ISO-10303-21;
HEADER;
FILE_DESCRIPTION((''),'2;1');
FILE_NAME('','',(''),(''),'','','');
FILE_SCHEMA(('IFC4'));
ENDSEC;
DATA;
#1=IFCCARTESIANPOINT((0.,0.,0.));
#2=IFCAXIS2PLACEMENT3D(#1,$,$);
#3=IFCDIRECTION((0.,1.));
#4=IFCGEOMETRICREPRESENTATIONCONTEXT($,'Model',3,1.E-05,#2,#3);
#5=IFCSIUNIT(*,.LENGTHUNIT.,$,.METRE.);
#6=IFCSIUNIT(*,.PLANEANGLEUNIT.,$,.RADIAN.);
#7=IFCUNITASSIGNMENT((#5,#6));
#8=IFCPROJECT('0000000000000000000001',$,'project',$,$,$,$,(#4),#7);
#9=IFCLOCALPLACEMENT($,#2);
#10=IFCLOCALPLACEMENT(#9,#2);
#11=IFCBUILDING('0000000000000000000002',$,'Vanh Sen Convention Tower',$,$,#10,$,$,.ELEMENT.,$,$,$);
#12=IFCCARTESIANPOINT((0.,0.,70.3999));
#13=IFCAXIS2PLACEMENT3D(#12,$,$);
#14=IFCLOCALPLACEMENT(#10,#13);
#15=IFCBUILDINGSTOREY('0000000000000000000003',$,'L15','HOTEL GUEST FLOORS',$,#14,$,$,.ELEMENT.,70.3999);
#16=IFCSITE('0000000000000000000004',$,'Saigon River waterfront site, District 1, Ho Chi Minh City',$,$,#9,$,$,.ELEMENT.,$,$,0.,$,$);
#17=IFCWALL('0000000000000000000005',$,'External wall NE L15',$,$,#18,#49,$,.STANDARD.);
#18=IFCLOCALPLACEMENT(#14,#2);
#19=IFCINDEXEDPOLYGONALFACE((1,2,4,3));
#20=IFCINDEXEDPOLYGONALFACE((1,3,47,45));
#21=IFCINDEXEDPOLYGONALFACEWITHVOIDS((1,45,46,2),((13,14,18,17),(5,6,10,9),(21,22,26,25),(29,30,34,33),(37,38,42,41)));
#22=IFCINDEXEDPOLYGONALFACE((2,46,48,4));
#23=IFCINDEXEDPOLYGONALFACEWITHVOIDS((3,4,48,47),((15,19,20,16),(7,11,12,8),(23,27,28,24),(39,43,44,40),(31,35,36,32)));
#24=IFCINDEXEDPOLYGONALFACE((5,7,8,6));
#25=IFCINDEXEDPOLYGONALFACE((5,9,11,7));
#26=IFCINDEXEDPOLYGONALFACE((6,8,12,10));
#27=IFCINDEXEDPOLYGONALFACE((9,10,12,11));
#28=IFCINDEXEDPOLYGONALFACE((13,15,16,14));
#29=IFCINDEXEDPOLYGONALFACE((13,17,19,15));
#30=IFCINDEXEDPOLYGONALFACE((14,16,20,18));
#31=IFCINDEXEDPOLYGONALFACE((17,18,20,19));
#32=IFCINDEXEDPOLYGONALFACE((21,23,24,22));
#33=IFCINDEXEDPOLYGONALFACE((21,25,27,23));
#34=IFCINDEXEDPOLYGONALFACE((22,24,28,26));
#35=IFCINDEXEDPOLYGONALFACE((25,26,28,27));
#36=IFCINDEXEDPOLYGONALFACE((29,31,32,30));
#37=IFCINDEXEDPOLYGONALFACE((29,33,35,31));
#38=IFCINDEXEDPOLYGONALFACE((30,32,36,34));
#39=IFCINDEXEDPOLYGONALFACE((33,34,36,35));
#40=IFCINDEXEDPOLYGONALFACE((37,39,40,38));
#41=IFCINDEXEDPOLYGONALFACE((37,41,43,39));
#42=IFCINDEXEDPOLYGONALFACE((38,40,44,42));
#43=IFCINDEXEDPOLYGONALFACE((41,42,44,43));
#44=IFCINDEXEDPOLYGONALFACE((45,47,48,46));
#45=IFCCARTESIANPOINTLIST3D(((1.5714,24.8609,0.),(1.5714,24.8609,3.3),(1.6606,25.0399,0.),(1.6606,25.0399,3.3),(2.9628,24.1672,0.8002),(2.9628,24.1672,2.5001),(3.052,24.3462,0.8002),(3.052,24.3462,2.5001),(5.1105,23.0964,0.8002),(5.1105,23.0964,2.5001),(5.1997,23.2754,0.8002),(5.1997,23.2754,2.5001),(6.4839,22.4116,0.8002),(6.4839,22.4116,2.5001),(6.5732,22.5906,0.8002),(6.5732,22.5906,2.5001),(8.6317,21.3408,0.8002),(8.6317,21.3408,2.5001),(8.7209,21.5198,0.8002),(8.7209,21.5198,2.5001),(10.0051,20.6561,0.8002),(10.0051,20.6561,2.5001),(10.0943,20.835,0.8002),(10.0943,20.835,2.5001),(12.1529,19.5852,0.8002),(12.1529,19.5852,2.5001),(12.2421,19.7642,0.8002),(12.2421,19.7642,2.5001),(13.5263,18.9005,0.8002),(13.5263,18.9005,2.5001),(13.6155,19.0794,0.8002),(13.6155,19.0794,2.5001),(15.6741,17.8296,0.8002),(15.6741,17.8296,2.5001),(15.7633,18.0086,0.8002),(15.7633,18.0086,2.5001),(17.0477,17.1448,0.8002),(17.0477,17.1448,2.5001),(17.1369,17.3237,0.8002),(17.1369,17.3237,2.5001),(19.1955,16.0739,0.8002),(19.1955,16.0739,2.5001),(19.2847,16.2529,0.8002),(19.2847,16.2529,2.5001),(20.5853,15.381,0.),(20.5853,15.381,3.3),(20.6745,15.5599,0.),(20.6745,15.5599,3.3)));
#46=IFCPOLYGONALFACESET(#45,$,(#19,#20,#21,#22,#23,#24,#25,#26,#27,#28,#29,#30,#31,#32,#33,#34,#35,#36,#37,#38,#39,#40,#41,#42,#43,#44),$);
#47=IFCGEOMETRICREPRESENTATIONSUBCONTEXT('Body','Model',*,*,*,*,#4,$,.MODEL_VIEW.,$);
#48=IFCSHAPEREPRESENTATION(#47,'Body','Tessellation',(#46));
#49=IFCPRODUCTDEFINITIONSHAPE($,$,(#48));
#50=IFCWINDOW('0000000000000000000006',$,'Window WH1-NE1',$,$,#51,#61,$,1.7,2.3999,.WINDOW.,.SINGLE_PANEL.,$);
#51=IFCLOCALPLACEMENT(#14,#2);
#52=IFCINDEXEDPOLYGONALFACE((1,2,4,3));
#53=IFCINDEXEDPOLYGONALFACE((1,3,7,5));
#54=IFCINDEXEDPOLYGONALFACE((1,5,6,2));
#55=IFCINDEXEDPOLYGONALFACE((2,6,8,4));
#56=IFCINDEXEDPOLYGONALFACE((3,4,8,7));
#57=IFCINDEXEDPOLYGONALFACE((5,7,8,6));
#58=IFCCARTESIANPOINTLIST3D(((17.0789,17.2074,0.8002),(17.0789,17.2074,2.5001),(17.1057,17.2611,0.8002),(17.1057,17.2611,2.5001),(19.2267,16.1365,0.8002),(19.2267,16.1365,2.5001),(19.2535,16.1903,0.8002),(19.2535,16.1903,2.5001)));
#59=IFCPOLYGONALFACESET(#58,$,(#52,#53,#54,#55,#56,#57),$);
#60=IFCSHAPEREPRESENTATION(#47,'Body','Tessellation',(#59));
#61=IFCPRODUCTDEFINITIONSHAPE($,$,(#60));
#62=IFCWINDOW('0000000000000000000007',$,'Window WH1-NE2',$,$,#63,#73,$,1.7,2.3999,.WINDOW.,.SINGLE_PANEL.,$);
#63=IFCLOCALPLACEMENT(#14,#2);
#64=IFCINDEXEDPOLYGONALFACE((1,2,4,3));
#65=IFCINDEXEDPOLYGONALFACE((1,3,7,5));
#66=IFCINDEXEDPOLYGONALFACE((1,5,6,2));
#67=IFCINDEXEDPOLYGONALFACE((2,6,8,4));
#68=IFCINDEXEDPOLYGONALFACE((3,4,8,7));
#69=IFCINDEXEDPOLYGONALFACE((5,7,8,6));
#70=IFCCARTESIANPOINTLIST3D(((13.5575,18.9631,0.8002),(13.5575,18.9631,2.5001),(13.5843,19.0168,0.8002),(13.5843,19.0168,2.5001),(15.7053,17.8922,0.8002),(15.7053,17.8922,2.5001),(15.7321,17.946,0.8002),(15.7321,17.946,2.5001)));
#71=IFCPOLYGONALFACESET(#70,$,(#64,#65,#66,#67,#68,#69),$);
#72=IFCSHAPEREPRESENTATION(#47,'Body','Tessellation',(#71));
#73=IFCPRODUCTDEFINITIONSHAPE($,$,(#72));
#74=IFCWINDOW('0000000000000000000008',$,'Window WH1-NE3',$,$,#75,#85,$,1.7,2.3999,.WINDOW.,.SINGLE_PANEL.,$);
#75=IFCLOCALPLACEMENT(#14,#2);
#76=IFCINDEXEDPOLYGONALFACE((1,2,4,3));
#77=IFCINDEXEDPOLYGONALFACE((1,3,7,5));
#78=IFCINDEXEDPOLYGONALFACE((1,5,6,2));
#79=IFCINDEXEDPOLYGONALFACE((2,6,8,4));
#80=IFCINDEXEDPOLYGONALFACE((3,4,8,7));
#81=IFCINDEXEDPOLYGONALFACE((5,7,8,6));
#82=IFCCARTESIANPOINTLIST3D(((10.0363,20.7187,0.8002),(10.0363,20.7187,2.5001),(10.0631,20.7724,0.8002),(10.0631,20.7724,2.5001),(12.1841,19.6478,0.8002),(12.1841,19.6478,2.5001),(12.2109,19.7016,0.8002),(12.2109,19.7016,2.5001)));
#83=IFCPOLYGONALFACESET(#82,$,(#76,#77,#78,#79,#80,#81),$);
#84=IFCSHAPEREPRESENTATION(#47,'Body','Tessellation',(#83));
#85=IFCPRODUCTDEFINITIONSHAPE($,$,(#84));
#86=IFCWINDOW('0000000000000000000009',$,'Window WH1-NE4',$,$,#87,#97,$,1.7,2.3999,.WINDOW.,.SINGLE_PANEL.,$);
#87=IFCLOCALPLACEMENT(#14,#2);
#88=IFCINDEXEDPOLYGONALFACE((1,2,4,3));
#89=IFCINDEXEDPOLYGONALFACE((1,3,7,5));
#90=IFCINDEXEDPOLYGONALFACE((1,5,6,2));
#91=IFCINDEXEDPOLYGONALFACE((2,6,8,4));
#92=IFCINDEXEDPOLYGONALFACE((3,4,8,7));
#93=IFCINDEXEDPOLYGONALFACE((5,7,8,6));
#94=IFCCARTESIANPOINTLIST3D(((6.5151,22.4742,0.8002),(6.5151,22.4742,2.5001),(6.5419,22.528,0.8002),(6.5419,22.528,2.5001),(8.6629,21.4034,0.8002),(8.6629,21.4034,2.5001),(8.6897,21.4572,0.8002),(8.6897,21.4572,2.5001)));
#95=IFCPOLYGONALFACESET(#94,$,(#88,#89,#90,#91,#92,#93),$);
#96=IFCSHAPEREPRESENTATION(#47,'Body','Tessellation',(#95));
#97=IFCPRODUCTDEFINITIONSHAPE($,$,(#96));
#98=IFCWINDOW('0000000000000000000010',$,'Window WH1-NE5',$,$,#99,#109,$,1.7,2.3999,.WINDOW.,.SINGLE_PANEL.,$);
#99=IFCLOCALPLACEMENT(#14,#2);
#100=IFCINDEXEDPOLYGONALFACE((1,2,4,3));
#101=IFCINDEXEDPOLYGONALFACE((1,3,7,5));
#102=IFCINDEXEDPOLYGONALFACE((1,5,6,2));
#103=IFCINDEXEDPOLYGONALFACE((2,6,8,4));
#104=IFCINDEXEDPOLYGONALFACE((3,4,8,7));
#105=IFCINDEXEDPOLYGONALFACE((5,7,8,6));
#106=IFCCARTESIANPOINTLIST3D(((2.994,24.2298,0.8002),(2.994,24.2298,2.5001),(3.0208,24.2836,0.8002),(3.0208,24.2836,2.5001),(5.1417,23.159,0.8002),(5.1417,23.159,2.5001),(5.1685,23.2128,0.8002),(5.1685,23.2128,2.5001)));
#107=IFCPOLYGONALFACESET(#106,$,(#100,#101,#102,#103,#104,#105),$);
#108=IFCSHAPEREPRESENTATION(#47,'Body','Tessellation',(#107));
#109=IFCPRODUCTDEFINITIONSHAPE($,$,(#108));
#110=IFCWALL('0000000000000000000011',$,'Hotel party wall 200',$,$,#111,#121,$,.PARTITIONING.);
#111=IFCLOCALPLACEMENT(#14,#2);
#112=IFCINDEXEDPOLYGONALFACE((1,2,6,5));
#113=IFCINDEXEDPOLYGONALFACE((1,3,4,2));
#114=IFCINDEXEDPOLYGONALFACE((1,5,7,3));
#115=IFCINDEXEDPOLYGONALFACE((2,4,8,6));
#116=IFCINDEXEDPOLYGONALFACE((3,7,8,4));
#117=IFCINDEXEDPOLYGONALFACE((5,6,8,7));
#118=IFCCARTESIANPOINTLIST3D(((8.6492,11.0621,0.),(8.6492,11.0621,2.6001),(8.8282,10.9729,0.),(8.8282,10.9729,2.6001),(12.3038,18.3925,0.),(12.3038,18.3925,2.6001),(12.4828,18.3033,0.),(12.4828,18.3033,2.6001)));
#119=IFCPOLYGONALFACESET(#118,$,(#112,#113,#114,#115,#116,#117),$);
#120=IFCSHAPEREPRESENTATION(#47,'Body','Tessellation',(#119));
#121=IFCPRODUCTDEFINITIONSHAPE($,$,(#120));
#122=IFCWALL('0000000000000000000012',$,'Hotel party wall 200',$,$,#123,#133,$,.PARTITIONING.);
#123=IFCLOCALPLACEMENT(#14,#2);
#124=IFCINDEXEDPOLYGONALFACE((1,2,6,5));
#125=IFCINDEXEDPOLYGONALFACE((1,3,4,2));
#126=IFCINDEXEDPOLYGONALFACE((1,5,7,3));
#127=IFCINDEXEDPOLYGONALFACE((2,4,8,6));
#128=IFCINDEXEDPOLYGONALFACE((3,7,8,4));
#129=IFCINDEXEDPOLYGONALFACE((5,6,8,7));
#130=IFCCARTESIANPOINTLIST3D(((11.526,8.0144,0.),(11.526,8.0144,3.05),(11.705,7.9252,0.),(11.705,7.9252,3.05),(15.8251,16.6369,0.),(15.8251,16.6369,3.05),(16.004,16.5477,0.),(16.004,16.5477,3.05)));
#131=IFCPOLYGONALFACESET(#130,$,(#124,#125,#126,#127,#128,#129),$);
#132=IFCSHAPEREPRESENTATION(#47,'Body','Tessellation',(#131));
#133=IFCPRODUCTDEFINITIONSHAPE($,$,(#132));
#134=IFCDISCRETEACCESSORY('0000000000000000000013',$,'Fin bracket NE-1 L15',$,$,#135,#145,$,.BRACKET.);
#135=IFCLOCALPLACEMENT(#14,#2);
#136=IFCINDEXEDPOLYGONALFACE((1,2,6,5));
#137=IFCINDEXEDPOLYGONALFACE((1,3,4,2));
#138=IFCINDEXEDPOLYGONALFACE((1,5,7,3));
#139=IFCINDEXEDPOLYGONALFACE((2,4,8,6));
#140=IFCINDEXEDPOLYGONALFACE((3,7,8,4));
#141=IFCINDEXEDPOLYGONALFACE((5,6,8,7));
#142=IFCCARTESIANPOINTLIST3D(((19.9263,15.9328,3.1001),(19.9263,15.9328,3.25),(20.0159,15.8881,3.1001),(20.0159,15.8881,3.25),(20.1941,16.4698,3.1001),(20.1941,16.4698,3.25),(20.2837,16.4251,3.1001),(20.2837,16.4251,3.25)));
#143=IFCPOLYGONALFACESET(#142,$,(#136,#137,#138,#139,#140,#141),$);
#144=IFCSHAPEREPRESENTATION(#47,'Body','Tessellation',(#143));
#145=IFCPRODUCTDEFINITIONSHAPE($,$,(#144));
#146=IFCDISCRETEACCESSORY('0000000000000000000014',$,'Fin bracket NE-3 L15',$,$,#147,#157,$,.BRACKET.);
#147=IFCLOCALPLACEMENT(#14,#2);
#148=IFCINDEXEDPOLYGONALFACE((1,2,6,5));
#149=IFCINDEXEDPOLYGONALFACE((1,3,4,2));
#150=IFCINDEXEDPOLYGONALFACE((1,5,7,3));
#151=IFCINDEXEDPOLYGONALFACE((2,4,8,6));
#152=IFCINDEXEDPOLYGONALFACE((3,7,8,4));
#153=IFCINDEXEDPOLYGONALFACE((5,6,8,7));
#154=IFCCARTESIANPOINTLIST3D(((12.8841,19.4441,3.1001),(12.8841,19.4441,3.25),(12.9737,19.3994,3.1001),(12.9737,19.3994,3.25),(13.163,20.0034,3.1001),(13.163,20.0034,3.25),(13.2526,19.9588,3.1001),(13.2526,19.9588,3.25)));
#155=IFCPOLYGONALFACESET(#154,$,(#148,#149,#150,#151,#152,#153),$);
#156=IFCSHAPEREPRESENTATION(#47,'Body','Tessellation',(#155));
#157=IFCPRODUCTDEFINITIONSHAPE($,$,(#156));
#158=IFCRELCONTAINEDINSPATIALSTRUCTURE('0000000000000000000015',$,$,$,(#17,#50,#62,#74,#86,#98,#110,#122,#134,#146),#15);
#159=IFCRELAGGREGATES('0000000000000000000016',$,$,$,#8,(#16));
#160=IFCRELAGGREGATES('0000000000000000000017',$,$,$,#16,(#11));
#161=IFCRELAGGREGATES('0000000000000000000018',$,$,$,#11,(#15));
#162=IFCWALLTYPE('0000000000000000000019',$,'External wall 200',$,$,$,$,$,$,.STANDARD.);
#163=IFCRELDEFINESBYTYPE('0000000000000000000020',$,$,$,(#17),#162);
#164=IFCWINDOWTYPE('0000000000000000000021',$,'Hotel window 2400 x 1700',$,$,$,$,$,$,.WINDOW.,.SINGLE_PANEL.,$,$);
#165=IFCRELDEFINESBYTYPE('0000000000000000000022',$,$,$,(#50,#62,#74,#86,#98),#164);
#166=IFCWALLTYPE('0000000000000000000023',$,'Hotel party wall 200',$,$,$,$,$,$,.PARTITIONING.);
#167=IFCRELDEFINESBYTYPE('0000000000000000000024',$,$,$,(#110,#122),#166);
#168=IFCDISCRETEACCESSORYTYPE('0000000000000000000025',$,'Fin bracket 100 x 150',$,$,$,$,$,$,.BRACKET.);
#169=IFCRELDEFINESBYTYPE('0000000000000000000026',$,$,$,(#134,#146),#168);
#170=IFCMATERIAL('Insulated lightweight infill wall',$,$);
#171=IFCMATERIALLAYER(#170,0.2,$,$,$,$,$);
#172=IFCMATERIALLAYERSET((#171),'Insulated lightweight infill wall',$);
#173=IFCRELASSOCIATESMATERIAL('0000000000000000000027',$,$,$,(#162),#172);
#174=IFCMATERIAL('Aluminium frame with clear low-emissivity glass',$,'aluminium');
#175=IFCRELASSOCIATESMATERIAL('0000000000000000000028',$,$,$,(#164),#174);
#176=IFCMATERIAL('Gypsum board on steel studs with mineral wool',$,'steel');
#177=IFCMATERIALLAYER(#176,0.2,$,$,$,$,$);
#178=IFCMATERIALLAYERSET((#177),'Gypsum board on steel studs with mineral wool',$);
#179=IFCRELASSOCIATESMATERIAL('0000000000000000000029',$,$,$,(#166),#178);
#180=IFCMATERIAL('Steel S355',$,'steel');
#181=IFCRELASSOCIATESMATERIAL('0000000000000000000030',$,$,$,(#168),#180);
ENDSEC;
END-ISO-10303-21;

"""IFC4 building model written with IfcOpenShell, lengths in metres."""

from ifc_helpers import new_model, si_unit, direction, frame, frame_2d, origin, origin_2d, place, context, subcontext, project, spatial, rectangle, extrude, material, layer, layer_set, type_object, element, fill, save


model = new_model("IFC4")

# Units and contexts
model_context = context("Model", 3, precision=1e-05, world=origin(), true_north=direction((0.0, 1.0)))
body_context = subcontext(model_context, "Body", "Model", "MODEL_VIEW")
ifc_project = project(units=[si_unit("LENGTHUNIT", "METRE"), si_unit("PLANEANGLEUNIT", "RADIAN")], contexts=[model_context])

# Site, building, storey
site_placement = place(None, origin())
site = spatial("IfcSite", under=ifc_project, at=site_placement, Name="Saigon River waterfront site, District 1, Ho Chi Minh City", CompositionType="ELEMENT", RefElevation=0.0)
building_placement = place(site_placement, origin())
building = spatial("IfcBuilding", under=site, at=building_placement, Name="Vanh Sen Convention Tower", CompositionType="ELEMENT")
storey_placement = place(building_placement, frame((0.0, 0.0, 70.3999)))
storey = spatial("IfcBuildingStorey", under=building, at=storey_placement, Name="L15", Description="HOTEL GUEST FLOORS", CompositionType="ELEMENT", Elevation=70.3999)

# Wall, openings, windows
ifc_material_1 = material(Name="Insulated lightweight infill wall")
ifc_layer_1 = layer(ifc_material_1, 0.2)
ifc_layer_set_1 = layer_set([ifc_layer_1], Name="Insulated lightweight infill wall")
wall_type_1 = type_object("IfcWallType", Name="External wall 200", PredefinedType="STANDARD", material=ifc_layer_set_1)
wall_1_placement = place(storey_placement, frame((20.6299, 15.4705, 0.0), z_axis=(0.0, 0.0, 1.0), x_axis=(-0.894935, 0.446197, 0.0)))
wall_1 = element("IfcWall", 1, at=wall_1_placement, inside=storey, type_object=wall_type_1, Name="External wall NE L15", PredefinedType="STANDARD", context=body_context, shape_type="SweptSolid", body=[
    extrude(rectangle(XDim=21.2461, YDim=0.2, at=frame_2d((10.623, 0.0))), origin(), (0.0, 0.0, 1.0), 3.3),
])
opening_1_placement = place(wall_1_placement, frame((1.553, 0.0, 0.8)))
opening_1 = element("IfcOpeningElement", 2, at=opening_1_placement, cuts=wall_1, PredefinedType="OPENING", context=body_context, shape_type="SweptSolid", body=[
    extrude(rectangle(XDim=2.3999, YDim=1.7, at=frame_2d((1.2, 0.8501))), frame((0.0, 0.1099, 0.0), z_axis=(0.0, -1.0, 0.0), x_axis=(1.0, 0.0, 0.0)), (0.0, 0.0, 1.0), 0.22),
])
opening_2_placement = place(wall_1_placement, frame((5.4878, 0.0, 0.8)))
opening_2 = element("IfcOpeningElement", 3, at=opening_2_placement, cuts=wall_1, PredefinedType="OPENING", context=body_context, shape_type="SweptSolid", body=[
    extrude(rectangle(XDim=2.3999, YDim=1.7, at=frame_2d((1.2, 0.8501))), frame((0.0, 0.1099, 0.0), z_axis=(0.0, -1.0, 0.0), x_axis=(1.0, 0.0, 0.0)), (0.0, 0.0, 1.0), 0.22),
])
opening_3_placement = place(wall_1_placement, frame((9.4224, 0.0, 0.8)))
opening_3 = element("IfcOpeningElement", 4, at=opening_3_placement, cuts=wall_1, PredefinedType="OPENING", context=body_context, shape_type="SweptSolid", body=[
    extrude(rectangle(XDim=2.3999, YDim=1.7, at=frame_2d((1.2, 0.8501))), frame((0.0, 0.1099, 0.0), z_axis=(0.0, -1.0, 0.0), x_axis=(1.0, 0.0, 0.0)), (0.0, 0.0, 1.0), 0.22),
])
opening_4_placement = place(wall_1_placement, frame((13.3569, 0.0, 0.8)))
opening_4 = element("IfcOpeningElement", 5, at=opening_4_placement, cuts=wall_1, PredefinedType="OPENING", context=body_context, shape_type="SweptSolid", body=[
    extrude(rectangle(XDim=2.3999, YDim=1.7, at=frame_2d((1.2, 0.8501))), frame((0.0, 0.1099, 0.0), z_axis=(0.0, -1.0, 0.0), x_axis=(1.0, 0.0, 0.0)), (0.0, 0.0, 1.0), 0.22),
])
opening_5_placement = place(wall_1_placement, frame((17.2915, 0.0, 0.8)))
opening_5 = element("IfcOpeningElement", 6, at=opening_5_placement, cuts=wall_1, PredefinedType="OPENING", context=body_context, shape_type="SweptSolid", body=[
    extrude(rectangle(XDim=2.3999, YDim=1.7, at=frame_2d((1.2, 0.8501))), frame((0.0, 0.1099, 0.0), z_axis=(0.0, -1.0, 0.0), x_axis=(1.0, 0.0, 0.0)), (0.0, 0.0, 1.0), 0.22),
])
ifc_material_2 = material(Name="Aluminium frame with clear low-emissivity glass", Category="aluminium")
window_type = type_object("IfcWindowType", Name="Hotel window 2400 x 1700", PartitioningType="SINGLE_PANEL", PredefinedType="WINDOW", material=ifc_material_2)
window_1_placement = place(opening_1_placement, origin())
window_1 = element("IfcWindow", 7, at=window_1_placement, inside=storey, type_object=window_type, Name="Window WH1-NE1", OverallHeight=1.7, OverallWidth=2.3999, PartitioningType="SINGLE_PANEL", PredefinedType="WINDOW", context=body_context, shape_type="SweptSolid", body=[
    extrude(rectangle(XDim=2.3999, YDim=1.7, at=frame_2d((1.2, 0.8501))), frame((0.0, 0.03, 0.0), z_axis=(0.0, -1.0, 0.0), x_axis=(1.0, 0.0, 0.0)), (0.0, 0.0, 1.0), 0.0601),
])
fill(opening_1, window_1)
window_2_placement = place(opening_2_placement, origin())
window_2 = element("IfcWindow", 8, at=window_2_placement, inside=storey, type_object=window_type, Name="Window WH1-NE2", OverallHeight=1.7, OverallWidth=2.3999, PartitioningType="SINGLE_PANEL", PredefinedType="WINDOW", context=body_context, shape_type="SweptSolid", body=[
    extrude(rectangle(XDim=2.3999, YDim=1.7, at=frame_2d((1.2, 0.8501))), frame((0.0, 0.03, 0.0), z_axis=(0.0, -1.0, 0.0), x_axis=(1.0, 0.0, 0.0)), (0.0, 0.0, 1.0), 0.0601),
])
fill(opening_2, window_2)
window_3_placement = place(opening_3_placement, origin())
window_3 = element("IfcWindow", 9, at=window_3_placement, inside=storey, type_object=window_type, Name="Window WH1-NE3", OverallHeight=1.7, OverallWidth=2.3999, PartitioningType="SINGLE_PANEL", PredefinedType="WINDOW", context=body_context, shape_type="SweptSolid", body=[
    extrude(rectangle(XDim=2.3999, YDim=1.7, at=frame_2d((1.2, 0.8501))), frame((0.0, 0.03, 0.0), z_axis=(0.0, -1.0, 0.0), x_axis=(1.0, 0.0, 0.0)), (0.0, 0.0, 1.0), 0.0601),
])
fill(opening_3, window_3)
window_4_placement = place(opening_4_placement, origin())
window_4 = element("IfcWindow", 10, at=window_4_placement, inside=storey, type_object=window_type, Name="Window WH1-NE4", OverallHeight=1.7, OverallWidth=2.3999, PartitioningType="SINGLE_PANEL", PredefinedType="WINDOW", context=body_context, shape_type="SweptSolid", body=[
    extrude(rectangle(XDim=2.3999, YDim=1.7, at=frame_2d((1.2, 0.8501))), frame((0.0, 0.03, 0.0), z_axis=(0.0, -1.0, 0.0), x_axis=(1.0, 0.0, 0.0)), (0.0, 0.0, 1.0), 0.0601),
])
fill(opening_4, window_4)
window_5_placement = place(opening_5_placement, origin())
window_5 = element("IfcWindow", 11, at=window_5_placement, inside=storey, type_object=window_type, Name="Window WH1-NE5", OverallHeight=1.7, OverallWidth=2.3999, PartitioningType="SINGLE_PANEL", PredefinedType="WINDOW", context=body_context, shape_type="SweptSolid", body=[
    extrude(rectangle(XDim=2.3999, YDim=1.7, at=frame_2d((1.2, 0.8501))), frame((0.0, 0.03, 0.0), z_axis=(0.0, -1.0, 0.0), x_axis=(1.0, 0.0, 0.0)), (0.0, 0.0, 1.0), 0.0601),
])
fill(opening_5, window_5)

# Walls
ifc_material_3 = material(Name="Gypsum board on steel studs with mineral wool", Category="steel")
ifc_layer_2 = layer(ifc_material_3, 0.2)
ifc_layer_set_2 = layer_set([ifc_layer_2], Name="Gypsum board on steel studs with mineral wool")
wall_type_2 = type_object("IfcWallType", Name="Hotel party wall 200", PredefinedType="PARTITIONING", material=ifc_layer_set_2)
wall_2_placement = place(storey_placement, frame((12.3933, 18.3479, 0.0), z_axis=(0.0, 0.0, 1.0), x_axis=(-0.446176, -0.894945, 0.0)))
element("IfcWall", 12, at=wall_2_placement, inside=storey, type_object=wall_type_2, Name="Hotel party wall 200", PredefinedType="PARTITIONING", context=body_context, shape_type="SweptSolid", body=[
    extrude(rectangle(XDim=8.1909, YDim=0.2, at=frame_2d((4.0955, 0.0))), origin(), (0.0, 0.0, 1.0), 2.6001),
])
wall_3_placement = place(storey_placement, frame((15.9146, 16.5923, 0.0), z_axis=(0.0, 0.0, 1.0), x_axis=(-0.4462, -0.894933, 0.0)))
element("IfcWall", 13, at=wall_3_placement, inside=storey, type_object=wall_type_2, Name="Hotel party wall 200", PredefinedType="PARTITIONING", context=body_context, shape_type="SweptSolid", body=[
    extrude(rectangle(XDim=9.6348, YDim=0.2, at=frame_2d((4.8174, 0.0))), origin(), (0.0, 0.0, 1.0), 3.05),
])

# Discrete accessories
ifc_material_4 = material(Name="Steel S355", Category="steel")
discrete_accessory_type = type_object("IfcDiscreteAccessoryType", Name="Fin bracket 100 x 150", PredefinedType="BRACKET", material=ifc_material_4)
discrete_accessory_1_placement = place(storey_placement, frame((20.105, 16.179, 3.1001), z_axis=(0.0, 0.0, 1.0), x_axis=(0.446198, 0.894934, 0.0)))
element("IfcDiscreteAccessory", 14, at=discrete_accessory_1_placement, inside=storey, type_object=discrete_accessory_type, Name="Fin bracket NE-1 L15", PredefinedType="BRACKET", context=body_context, shape_type="SweptSolid", body=[
    extrude(rectangle(XDim=0.6001, YDim=0.1001, at=origin_2d()), origin(), (0.0, 0.0, 1.0), 0.1499),
])
discrete_accessory_2_placement = place(storey_placement, frame((13.0684, 19.7014, 3.1001), z_axis=(0.0, 0.0, 1.0), x_axis=(0.446198, 0.894934, 0.0)))
element("IfcDiscreteAccessory", 15, at=discrete_accessory_2_placement, inside=storey, type_object=discrete_accessory_type, Name="Fin bracket NE-3 L15", PredefinedType="BRACKET", context=body_context, shape_type="SweptSolid", body=[
    extrude(rectangle(XDim=0.625, YDim=0.1001, at=origin_2d()), origin(), (0.0, 0.0, 1.0), 0.1499),
])

save(model, "model.ifc")
